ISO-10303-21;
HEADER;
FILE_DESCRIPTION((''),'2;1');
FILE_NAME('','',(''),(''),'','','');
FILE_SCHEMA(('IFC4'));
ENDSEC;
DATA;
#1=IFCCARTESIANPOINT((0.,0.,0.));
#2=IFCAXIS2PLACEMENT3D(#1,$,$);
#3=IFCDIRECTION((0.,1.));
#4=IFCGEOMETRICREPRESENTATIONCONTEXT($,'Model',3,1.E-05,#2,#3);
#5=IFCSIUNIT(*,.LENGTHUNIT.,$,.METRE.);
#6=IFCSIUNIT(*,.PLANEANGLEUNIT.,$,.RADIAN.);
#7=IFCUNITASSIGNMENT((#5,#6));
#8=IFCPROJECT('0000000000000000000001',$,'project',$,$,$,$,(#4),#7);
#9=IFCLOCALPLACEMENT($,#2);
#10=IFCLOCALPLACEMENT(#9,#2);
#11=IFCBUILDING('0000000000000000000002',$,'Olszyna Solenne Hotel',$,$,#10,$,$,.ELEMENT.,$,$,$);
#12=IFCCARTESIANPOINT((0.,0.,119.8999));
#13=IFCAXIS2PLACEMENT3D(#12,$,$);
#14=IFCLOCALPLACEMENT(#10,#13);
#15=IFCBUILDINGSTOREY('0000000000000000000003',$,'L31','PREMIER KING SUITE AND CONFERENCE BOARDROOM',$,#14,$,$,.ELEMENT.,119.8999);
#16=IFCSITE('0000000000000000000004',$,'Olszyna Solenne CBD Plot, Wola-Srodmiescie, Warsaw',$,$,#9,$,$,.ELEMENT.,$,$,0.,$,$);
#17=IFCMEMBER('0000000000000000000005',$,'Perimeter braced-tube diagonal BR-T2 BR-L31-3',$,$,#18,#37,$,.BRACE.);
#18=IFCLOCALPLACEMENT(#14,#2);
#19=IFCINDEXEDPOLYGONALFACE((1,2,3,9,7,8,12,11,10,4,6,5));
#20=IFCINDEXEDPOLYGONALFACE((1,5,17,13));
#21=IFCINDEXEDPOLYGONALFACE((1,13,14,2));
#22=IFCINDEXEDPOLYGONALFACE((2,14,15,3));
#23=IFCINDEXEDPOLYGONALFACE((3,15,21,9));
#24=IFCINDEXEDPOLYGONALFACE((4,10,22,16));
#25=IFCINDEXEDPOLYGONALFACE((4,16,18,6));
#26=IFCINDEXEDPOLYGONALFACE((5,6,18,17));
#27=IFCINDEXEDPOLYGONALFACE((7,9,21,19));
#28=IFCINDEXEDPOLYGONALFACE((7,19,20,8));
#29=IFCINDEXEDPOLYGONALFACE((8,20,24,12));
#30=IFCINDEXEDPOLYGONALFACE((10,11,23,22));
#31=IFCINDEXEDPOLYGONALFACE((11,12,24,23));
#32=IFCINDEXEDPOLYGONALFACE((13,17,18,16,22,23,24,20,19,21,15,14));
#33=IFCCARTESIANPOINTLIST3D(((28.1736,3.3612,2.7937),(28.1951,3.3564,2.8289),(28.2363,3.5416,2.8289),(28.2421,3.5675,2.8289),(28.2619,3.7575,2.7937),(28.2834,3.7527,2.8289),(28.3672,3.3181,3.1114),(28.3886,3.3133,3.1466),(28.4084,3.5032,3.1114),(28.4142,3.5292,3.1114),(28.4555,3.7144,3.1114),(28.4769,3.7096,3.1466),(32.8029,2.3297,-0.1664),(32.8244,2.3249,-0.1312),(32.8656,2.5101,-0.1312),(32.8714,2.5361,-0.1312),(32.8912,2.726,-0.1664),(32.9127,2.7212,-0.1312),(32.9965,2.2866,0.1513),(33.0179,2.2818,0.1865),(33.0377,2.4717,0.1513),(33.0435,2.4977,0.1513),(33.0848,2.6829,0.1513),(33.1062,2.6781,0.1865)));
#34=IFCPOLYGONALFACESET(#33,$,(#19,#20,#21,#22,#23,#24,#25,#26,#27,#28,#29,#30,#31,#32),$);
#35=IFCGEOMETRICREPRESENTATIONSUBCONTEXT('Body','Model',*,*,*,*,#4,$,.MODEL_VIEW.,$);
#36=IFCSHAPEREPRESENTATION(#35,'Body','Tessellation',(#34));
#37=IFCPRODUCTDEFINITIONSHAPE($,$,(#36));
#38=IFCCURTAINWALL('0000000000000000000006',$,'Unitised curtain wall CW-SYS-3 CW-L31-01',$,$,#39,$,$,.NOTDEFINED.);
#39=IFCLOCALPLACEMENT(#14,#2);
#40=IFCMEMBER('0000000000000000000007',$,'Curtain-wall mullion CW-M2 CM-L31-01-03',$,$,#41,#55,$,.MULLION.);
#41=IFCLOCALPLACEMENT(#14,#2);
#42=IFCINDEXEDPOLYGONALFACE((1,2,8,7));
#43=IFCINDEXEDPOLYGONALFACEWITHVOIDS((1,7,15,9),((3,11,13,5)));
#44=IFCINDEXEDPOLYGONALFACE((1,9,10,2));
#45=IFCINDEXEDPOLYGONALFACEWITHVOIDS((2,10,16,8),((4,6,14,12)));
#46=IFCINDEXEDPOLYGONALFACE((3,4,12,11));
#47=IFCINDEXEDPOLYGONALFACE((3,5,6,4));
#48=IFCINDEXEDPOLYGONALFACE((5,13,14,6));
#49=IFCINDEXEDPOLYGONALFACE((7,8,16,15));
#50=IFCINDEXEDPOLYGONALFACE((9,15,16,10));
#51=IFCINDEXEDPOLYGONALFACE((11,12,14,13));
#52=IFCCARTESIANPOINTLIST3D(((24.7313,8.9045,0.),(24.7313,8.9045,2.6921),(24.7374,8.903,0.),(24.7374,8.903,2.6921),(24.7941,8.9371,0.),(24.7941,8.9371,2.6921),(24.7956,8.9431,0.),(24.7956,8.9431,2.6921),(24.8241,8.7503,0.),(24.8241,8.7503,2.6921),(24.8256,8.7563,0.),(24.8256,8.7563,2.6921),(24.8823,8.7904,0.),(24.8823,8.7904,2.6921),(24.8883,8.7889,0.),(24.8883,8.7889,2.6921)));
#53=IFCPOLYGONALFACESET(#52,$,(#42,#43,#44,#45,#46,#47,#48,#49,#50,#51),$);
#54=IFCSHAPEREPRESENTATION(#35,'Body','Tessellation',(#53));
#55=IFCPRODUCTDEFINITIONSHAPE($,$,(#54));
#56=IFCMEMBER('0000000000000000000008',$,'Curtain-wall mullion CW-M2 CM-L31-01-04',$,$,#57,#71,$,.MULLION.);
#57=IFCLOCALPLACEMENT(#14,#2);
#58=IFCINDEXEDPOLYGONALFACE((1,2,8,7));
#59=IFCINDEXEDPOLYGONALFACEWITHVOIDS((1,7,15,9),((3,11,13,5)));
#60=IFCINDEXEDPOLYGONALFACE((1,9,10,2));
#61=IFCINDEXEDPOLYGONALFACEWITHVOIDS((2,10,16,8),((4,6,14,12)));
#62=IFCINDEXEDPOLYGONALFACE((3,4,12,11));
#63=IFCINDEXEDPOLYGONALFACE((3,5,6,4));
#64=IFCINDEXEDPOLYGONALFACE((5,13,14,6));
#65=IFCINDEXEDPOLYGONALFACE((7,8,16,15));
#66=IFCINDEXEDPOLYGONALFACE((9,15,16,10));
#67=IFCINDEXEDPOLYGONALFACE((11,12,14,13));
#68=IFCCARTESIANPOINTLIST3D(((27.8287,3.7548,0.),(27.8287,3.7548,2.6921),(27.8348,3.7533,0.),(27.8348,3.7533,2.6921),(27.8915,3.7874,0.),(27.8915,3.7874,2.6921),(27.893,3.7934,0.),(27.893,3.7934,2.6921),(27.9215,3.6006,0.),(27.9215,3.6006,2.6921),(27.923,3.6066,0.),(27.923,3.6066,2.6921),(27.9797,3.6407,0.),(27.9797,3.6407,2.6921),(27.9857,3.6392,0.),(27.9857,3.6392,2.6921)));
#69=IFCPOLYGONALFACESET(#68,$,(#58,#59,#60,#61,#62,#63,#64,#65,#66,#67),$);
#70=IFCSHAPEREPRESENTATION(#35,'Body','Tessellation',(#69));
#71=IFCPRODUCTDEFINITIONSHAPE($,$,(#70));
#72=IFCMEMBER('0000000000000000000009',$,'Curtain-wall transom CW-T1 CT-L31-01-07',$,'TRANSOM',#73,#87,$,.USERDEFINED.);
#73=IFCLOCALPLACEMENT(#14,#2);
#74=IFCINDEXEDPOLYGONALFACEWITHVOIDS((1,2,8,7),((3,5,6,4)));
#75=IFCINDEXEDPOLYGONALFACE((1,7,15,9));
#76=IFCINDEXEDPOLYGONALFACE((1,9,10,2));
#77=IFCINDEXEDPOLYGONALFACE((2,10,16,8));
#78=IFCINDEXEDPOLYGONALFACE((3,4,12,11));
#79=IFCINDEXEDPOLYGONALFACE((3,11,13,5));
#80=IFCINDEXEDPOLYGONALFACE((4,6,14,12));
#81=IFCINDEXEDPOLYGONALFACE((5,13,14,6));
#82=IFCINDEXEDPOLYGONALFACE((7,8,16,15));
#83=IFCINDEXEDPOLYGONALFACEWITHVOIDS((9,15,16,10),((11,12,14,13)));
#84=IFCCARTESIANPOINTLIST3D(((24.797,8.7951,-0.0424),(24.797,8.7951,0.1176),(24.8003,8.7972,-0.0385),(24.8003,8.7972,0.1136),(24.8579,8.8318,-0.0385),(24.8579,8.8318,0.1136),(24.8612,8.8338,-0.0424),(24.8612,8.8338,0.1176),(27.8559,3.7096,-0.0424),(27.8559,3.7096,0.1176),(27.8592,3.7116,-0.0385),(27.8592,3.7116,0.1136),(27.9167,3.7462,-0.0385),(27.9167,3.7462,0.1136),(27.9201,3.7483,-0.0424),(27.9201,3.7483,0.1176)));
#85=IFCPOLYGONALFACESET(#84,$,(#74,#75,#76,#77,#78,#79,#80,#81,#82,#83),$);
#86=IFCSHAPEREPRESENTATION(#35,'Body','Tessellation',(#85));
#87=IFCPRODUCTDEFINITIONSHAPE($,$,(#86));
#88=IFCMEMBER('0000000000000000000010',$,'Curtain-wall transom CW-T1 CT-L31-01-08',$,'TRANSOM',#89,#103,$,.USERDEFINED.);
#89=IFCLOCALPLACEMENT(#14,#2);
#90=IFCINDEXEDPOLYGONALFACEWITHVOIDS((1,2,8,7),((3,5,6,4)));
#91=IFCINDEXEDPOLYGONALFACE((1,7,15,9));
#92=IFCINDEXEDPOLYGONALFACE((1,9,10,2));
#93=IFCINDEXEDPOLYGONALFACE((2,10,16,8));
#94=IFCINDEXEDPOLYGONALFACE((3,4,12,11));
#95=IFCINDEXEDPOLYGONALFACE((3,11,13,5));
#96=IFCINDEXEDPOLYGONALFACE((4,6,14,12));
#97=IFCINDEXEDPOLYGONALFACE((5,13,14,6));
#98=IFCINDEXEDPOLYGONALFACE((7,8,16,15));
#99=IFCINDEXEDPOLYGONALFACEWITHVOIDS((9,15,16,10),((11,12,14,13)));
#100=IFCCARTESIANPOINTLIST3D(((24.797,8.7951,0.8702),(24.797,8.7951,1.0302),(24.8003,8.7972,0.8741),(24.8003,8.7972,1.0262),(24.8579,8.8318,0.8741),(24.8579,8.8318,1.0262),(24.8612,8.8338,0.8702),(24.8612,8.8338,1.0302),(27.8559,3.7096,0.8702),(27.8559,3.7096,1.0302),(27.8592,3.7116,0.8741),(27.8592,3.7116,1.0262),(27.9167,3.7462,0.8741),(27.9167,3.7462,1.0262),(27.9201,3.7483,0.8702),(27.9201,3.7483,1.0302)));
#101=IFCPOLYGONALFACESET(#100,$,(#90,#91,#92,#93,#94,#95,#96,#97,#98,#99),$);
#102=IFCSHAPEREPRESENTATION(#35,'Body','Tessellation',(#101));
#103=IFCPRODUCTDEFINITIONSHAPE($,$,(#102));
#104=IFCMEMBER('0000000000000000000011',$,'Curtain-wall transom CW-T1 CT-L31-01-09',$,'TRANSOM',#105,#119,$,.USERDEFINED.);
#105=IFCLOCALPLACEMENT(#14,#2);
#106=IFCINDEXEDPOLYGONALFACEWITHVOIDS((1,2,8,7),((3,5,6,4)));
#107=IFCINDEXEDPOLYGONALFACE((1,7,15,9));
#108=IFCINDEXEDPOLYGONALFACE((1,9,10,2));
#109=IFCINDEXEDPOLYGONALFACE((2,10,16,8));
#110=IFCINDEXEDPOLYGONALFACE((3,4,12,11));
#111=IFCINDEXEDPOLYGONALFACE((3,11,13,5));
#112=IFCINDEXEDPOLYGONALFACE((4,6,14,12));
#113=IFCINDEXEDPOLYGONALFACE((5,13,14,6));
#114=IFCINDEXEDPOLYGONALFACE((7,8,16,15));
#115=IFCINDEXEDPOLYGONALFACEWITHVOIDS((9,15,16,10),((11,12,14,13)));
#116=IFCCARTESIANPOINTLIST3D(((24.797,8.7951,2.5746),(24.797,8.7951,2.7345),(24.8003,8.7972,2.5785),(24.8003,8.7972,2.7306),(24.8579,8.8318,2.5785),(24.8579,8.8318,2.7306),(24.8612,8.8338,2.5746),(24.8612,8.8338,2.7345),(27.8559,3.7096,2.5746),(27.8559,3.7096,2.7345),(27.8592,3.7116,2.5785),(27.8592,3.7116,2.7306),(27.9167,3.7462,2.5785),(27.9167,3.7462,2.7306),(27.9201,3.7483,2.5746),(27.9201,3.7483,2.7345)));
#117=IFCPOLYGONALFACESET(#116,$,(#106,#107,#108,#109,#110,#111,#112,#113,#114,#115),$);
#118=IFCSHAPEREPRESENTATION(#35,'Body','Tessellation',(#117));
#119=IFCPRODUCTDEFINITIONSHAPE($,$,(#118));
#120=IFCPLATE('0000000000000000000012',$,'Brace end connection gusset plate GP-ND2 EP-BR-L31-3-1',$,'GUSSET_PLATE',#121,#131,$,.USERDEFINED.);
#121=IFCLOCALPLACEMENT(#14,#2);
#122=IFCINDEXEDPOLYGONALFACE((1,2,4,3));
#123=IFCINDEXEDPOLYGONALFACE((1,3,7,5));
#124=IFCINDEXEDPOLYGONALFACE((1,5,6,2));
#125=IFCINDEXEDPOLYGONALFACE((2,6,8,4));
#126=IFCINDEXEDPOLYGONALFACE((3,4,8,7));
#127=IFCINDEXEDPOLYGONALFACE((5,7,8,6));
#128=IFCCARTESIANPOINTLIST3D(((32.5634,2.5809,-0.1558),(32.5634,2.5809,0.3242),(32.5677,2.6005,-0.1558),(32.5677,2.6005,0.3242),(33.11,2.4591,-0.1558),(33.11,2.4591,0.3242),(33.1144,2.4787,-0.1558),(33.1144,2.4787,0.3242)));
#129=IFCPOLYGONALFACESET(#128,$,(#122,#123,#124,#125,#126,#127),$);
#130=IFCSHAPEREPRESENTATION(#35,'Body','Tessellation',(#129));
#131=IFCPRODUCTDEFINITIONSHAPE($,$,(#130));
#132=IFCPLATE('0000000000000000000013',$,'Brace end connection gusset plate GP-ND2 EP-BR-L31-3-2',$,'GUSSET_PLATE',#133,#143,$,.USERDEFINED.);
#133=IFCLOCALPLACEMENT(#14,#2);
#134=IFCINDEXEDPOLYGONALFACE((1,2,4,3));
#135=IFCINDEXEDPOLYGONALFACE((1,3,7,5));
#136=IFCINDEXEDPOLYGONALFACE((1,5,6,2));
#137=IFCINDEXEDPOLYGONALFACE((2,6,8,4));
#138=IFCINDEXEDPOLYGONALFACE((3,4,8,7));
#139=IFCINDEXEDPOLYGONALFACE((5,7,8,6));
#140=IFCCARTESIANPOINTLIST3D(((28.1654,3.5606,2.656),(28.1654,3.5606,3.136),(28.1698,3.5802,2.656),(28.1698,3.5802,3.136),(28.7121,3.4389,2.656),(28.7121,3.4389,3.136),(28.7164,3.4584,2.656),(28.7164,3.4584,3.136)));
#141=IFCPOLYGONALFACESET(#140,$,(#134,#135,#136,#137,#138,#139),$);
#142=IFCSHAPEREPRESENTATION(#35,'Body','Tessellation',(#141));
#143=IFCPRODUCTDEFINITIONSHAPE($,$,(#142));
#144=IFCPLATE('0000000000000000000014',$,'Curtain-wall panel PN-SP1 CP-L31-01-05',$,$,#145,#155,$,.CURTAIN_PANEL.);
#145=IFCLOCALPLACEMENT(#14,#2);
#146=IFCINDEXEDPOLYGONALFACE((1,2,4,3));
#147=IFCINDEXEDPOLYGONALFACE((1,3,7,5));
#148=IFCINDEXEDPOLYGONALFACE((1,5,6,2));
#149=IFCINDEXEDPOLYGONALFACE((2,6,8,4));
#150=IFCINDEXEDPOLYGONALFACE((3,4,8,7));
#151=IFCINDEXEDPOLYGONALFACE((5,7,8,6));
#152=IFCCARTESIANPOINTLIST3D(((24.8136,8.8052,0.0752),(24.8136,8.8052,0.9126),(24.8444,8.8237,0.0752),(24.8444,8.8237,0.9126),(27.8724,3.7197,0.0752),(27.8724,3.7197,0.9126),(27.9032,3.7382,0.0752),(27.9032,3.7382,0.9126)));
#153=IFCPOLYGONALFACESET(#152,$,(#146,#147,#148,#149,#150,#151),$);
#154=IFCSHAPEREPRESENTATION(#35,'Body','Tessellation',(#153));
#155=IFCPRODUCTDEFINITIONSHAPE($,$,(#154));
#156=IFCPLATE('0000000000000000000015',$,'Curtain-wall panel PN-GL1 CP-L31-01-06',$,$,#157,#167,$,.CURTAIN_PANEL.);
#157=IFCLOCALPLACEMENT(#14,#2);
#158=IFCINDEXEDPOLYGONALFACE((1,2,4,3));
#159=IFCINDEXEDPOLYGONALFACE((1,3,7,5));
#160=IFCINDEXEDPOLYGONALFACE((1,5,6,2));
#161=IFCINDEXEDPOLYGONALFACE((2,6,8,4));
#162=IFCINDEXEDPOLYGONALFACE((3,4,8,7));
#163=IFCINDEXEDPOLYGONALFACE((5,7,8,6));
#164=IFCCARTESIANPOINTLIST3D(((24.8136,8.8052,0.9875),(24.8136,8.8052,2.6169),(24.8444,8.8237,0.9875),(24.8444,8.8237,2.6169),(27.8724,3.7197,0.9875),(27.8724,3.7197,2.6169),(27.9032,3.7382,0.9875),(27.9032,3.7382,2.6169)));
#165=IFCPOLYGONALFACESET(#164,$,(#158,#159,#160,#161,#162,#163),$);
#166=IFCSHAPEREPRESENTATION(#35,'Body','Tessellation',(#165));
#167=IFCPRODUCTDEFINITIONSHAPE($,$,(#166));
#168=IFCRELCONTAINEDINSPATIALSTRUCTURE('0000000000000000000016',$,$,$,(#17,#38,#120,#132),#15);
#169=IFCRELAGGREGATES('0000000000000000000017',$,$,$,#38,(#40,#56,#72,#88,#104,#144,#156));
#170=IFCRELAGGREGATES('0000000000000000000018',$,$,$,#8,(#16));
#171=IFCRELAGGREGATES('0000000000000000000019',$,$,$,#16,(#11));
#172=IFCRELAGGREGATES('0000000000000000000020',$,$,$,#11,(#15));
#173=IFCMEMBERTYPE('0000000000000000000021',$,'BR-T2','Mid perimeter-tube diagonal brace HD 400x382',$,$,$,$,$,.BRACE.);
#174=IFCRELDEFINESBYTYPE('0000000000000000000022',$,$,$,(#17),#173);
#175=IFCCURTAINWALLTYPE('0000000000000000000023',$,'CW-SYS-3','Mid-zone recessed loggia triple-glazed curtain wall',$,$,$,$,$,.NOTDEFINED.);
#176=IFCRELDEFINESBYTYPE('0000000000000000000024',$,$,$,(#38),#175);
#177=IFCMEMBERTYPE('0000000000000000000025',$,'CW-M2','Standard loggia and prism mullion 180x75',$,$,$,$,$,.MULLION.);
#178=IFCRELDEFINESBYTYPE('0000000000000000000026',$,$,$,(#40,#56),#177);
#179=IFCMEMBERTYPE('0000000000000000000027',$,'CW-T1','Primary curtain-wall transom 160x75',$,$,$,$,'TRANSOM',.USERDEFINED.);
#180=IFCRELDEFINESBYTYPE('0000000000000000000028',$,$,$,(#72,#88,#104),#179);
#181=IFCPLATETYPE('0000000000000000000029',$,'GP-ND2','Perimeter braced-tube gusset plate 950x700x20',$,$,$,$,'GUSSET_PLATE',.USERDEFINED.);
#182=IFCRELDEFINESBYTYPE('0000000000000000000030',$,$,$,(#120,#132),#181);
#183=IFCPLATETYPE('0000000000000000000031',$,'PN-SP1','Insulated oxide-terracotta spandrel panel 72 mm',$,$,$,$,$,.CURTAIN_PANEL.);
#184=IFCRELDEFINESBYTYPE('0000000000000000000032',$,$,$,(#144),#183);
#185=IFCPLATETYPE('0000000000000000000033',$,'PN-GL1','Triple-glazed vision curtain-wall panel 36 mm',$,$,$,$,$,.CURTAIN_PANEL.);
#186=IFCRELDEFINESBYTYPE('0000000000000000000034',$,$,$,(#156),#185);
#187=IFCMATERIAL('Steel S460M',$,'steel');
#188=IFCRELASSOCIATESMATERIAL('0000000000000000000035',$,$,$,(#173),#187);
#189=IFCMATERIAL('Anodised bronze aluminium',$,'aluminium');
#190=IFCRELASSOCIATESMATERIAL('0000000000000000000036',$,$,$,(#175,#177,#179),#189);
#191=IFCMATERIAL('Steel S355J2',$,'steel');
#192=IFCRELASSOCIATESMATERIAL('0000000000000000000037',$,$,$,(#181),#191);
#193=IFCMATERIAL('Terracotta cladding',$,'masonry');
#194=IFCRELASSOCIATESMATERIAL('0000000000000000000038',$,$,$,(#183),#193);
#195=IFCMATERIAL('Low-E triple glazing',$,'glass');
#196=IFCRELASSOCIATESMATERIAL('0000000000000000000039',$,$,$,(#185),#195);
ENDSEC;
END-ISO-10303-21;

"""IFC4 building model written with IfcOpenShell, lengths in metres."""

from ifc_helpers import new_model, si_unit, direction, frame, origin, origin_2d, place, context, subcontext, project, spatial, rectangle, hollow_rectangle, i_section, extrude, source, transform, mapped, material, material_profile, profile_set, type_object, element, aggregate, save


model = new_model("IFC4")

# Units and contexts
model_context = context("Model", 3, precision=1e-05, world=origin(), true_north=direction((0.0, 1.0)))
body_context = subcontext(model_context, "Body", "Model", "MODEL_VIEW")
ifc_project = project(units=[si_unit("LENGTHUNIT", "METRE"), si_unit("PLANEANGLEUNIT", "RADIAN")], contexts=[model_context])

# Site, building, storey
site_placement = place(None, origin())
site = spatial("IfcSite", under=ifc_project, at=site_placement, Name="Olszyna Solenne CBD Plot, Wola-Srodmiescie, Warsaw", CompositionType="ELEMENT", RefElevation=0.0)
building_placement = place(site_placement, origin())
building = spatial("IfcBuilding", under=site, at=building_placement, Name="Olszyna Solenne Hotel", CompositionType="ELEMENT")
storey_placement = place(building_placement, frame((0.0, 0.0, 119.8999)))
storey = spatial("IfcBuildingStorey", under=building, at=storey_placement, Name="L31", Description="PREMIER KING SUITE AND CONFERENCE BOARDROOM", CompositionType="ELEMENT", Elevation=119.8999)

# Shared definitions
ifc_material_1 = material(Name="Steel S460M", Category="steel")

# Shared definitions
ifc_material_2 = material(Name="Steel S355J2", Category="steel")

# Member
ifc_material_profile_1 = material_profile(ifc_material_1, i_section(OverallWidth=0.406, OverallDepth=0.416, WebThickness=0.0266, FlangeThickness=0.0415, at=origin_2d()), Name="HD 400x382", Category="load-bearing")
ifc_profile_set_1 = profile_set([ifc_material_profile_1], Name="Steel S460M")
member_type_1 = type_object("IfcMemberType", Name="BR-T2", Description="Mid perimeter-tube diagonal brace HD 400x382", PredefinedType="BRACE", material=ifc_profile_set_1)
shared_shape_1 = source(origin(), body_context, "Body", "SweptSolid", [
    extrude(i_section(OverallWidth=0.406, OverallDepth=0.416, WebThickness=0.0266, FlangeThickness=0.0415, at=origin_2d()), origin(), (0.0, 0.0, 1.0), 5.5908),
])
member_1_placement = place(storey_placement, frame((32.9546, 2.5039, 0.01), z_axis=(-0.828024, 0.184495, 0.529469), x_axis=(-0.217481, -0.976065, 0.0)))
element("IfcMember", 1, at=member_1_placement, inside=storey, type_object=member_type_1, Name="Perimeter braced-tube diagonal BR-T2 BR-L31-3", PredefinedType="BRACE", context=body_context, shape_type="MappedRepresentation", body=[
    mapped(shared_shape_1, transform((0.0, 0.0, 0.0), x_axis=(1.0, 0.0, 0.0), y_axis=(0.0, 1.0, 0.0), z_axis=(0.0, 0.0, 1.0), scale=1.0)),
])

# Curtain wall, members
ifc_material_3 = material(Name="Anodised bronze aluminium", Category="aluminium")
curtain_wall_type = type_object("IfcCurtainWallType", Name="CW-SYS-3", Description="Mid-zone recessed loggia triple-glazed curtain wall", PredefinedType="NOTDEFINED", material=ifc_material_3)
curtain_wall_placement = place(storey_placement, origin())
curtain_wall = element("IfcCurtainWall", 2, at=curtain_wall_placement, inside=storey, type_object=curtain_wall_type, Name="Unitised curtain wall CW-SYS-3 CW-L31-01", PredefinedType="NOTDEFINED")
ifc_material_profile_2 = material_profile(ifc_material_3, hollow_rectangle(XDim=0.075, YDim=0.1799, WallThickness=0.0044, at=origin_2d()), Name="MULL 180x75x4.5", Category="load-bearing")
ifc_profile_set_2 = profile_set([ifc_material_profile_2], Name="Anodised bronze aluminium")
member_type_2 = type_object("IfcMemberType", Name="CW-M2", Description="Standard loggia and prism mullion 180x75", PredefinedType="MULLION", material=ifc_profile_set_2)
shared_shape_2 = source(origin(), body_context, "Body", "SweptSolid", [
    extrude(hollow_rectangle(XDim=0.075, YDim=0.1799, WallThickness=0.0044, at=origin_2d()), origin(), (0.0, 0.0, 1.0), 2.6921),
])
member_2_placement = place(storey_placement, frame((24.8098, 8.8467, 0.0), z_axis=(0.0, 0.0, 1.0), x_axis=(0.856935, 0.515425, 0.0)))
member_2 = element("IfcMember", 3, at=member_2_placement, type_object=member_type_2, Name="Curtain-wall mullion CW-M2 CM-L31-01-03", PredefinedType="MULLION", context=body_context, shape_type="MappedRepresentation", body=[
    mapped(shared_shape_2, transform((0.0, 0.0, 0.0), x_axis=(1.0, 0.0, 0.0), y_axis=(0.0, 1.0, 0.0), z_axis=(0.0, 0.0, 1.0), scale=1.0)),
])
member_3_placement = place(storey_placement, frame((27.9072, 3.697, 0.0), z_axis=(0.0, 0.0, 1.0), x_axis=(0.856935, 0.515425, 0.0)))
member_3 = element("IfcMember", 4, at=member_3_placement, type_object=member_type_2, Name="Curtain-wall mullion CW-M2 CM-L31-01-04", PredefinedType="MULLION", context=body_context, shape_type="MappedRepresentation", body=[
    mapped(shared_shape_2, transform((0.0, 0.0, 0.0), x_axis=(1.0, 0.0, 0.0), y_axis=(0.0, 1.0, 0.0), z_axis=(0.0, 0.0, 1.0), scale=1.0)),
])
ifc_material_profile_3 = material_profile(ifc_material_3, hollow_rectangle(XDim=0.075, YDim=0.1599, WallThickness=0.0039, at=origin_2d()), Name="TRAN 160x75x4", Category="load-bearing")
ifc_profile_set_3 = profile_set([ifc_material_profile_3], Name="Anodised bronze aluminium")
member_type_3 = type_object("IfcMemberType", Name="CW-T1", Description="Primary curtain-wall transom 160x75", ElementType="TRANSOM", PredefinedType="USERDEFINED", material=ifc_profile_set_3)
shared_shape_3 = source(origin(), body_context, "Body", "SweptSolid", [
    extrude(hollow_rectangle(XDim=0.075, YDim=0.1599, WallThickness=0.0039, at=origin_2d()), origin(), (0.0, 0.0, 1.0), 5.9346),
])
member_4_placement = place(storey_placement, frame((24.8291, 8.8145, 0.0376), z_axis=(0.515433, -0.85693, 0.0), x_axis=(0.85693, 0.515433, 0.0)))
member_4 = element("IfcMember", 5, at=member_4_placement, type_object=member_type_3, Name="Curtain-wall transom CW-T1 CT-L31-01-07", ObjectType="TRANSOM", PredefinedType="USERDEFINED", context=body_context, shape_type="MappedRepresentation", body=[
    mapped(shared_shape_3, transform((0.0, 0.0, 0.0), x_axis=(1.0, 0.0, 0.0), y_axis=(0.0, 1.0, 0.0), z_axis=(0.0, 0.0, 1.0), scale=1.0)),
])
member_5_placement = place(storey_placement, frame((24.8291, 8.8145, 0.9502), z_axis=(0.515433, -0.85693, 0.0), x_axis=(0.85693, 0.515433, 0.0)))
member_5 = element("IfcMember", 6, at=member_5_placement, type_object=member_type_3, Name="Curtain-wall transom CW-T1 CT-L31-01-08", ObjectType="TRANSOM", PredefinedType="USERDEFINED", context=body_context, shape_type="MappedRepresentation", body=[
    mapped(shared_shape_3, transform((0.0, 0.0, 0.0), x_axis=(1.0, 0.0, 0.0), y_axis=(0.0, 1.0, 0.0), z_axis=(0.0, 0.0, 1.0), scale=1.0)),
])
member_6_placement = place(storey_placement, frame((24.8291, 8.8145, 2.6545), z_axis=(0.515433, -0.85693, 0.0), x_axis=(0.85693, 0.515433, 0.0)))
member_6 = element("IfcMember", 7, at=member_6_placement, type_object=member_type_3, Name="Curtain-wall transom CW-T1 CT-L31-01-09", ObjectType="TRANSOM", PredefinedType="USERDEFINED", context=body_context, shape_type="MappedRepresentation", body=[
    mapped(shared_shape_3, transform((0.0, 0.0, 0.0), x_axis=(1.0, 0.0, 0.0), y_axis=(0.0, 1.0, 0.0), z_axis=(0.0, 0.0, 1.0), scale=1.0)),
])

# Plates
plate_type_1 = type_object("IfcPlateType", Name="GP-ND2", Description="Perimeter braced-tube gusset plate 950x700x20", ElementType="GUSSET_PLATE", PredefinedType="USERDEFINED", material=ifc_material_2)
shared_shape_4 = source(origin(), body_context, "Body", "SweptSolid", [
    extrude(rectangle(XDim=0.5601, YDim=0.02, at=origin_2d()), origin(), (0.0, 0.0, 1.0), 0.48),
])
for number, where, z_axis, x_axis, name in (
    (8, (32.8389, 2.5298, -0.1558), (0.0, 0.0, 1.0), (-0.976069, 0.217462, 0.0), "Brace end connection gusset plate GP-ND2 EP-BR-L31-3-1"),
    (9, (28.4409, 3.5095, 2.656), (0.0, 0.0, 1.0), (-0.976069, 0.217462, 0.0), "Brace end connection gusset plate GP-ND2 EP-BR-L31-3-2"),
):
    element("IfcPlate", number, at=place(storey_placement, frame(where, z_axis=z_axis, x_axis=x_axis)), inside=storey, type_object=plate_type_1, Name=name, ObjectType="GUSSET_PLATE", PredefinedType="USERDEFINED", context=body_context, shape_type="MappedRepresentation", body=[
        mapped(shared_shape_4, transform((0.0, 0.0, 0.0), x_axis=(1.0, 0.0, 0.0), y_axis=(0.0, 1.0, 0.0), z_axis=(0.0, 0.0, 1.0), scale=1.0)),
    ])

# Plates
ifc_material_4 = material(Name="Terracotta cladding", Category="masonry")
plate_type_2 = type_object("IfcPlateType", Name="PN-SP1", Description="Insulated oxide-terracotta spandrel panel 72 mm", PredefinedType="CURTAIN_PANEL", material=ifc_material_4)
shared_shape_5 = source(origin(), body_context, "Body", "SweptSolid", [
    extrude(rectangle(XDim=5.9346, YDim=0.0359, at=origin_2d()), origin(), (0.0, 0.0, 1.0), 0.8374),
])
plate_1_placement = place(storey_placement, frame((26.3584, 6.2717, 0.0752), z_axis=(0.0, 0.0, 1.0), x_axis=(0.515425, -0.856935, 0.0)))
plate_1 = element("IfcPlate", 10, at=plate_1_placement, type_object=plate_type_2, Name="Curtain-wall panel PN-SP1 CP-L31-01-05", PredefinedType="CURTAIN_PANEL", context=body_context, shape_type="MappedRepresentation", body=[
    mapped(shared_shape_5, transform((0.0, 0.0, 0.0), x_axis=(1.0, 0.0, 0.0), y_axis=(0.0, 1.0, 0.0), z_axis=(0.0, 0.0, 1.0), scale=1.0)),
])
ifc_material_5 = material(Name="Low-E triple glazing", Category="glass")
plate_type_3 = type_object("IfcPlateType", Name="PN-GL1", Description="Triple-glazed vision curtain-wall panel 36 mm", PredefinedType="CURTAIN_PANEL", material=ifc_material_5)
shared_shape_6 = source(origin(), body_context, "Body", "SweptSolid", [
    extrude(rectangle(XDim=5.9346, YDim=0.0359, at=origin_2d()), origin(), (0.0, 0.0, 1.0), 1.6294),
])
plate_2_placement = place(storey_placement, frame((26.3584, 6.2717, 0.9875), z_axis=(0.0, 0.0, 1.0), x_axis=(0.515425, -0.856935, 0.0)))
plate_2 = element("IfcPlate", 11, at=plate_2_placement, type_object=plate_type_3, Name="Curtain-wall panel PN-GL1 CP-L31-01-06", PredefinedType="CURTAIN_PANEL", context=body_context, shape_type="MappedRepresentation", body=[
    mapped(shared_shape_6, transform((0.0, 0.0, 0.0), x_axis=(1.0, 0.0, 0.0), y_axis=(0.0, 1.0, 0.0), z_axis=(0.0, 0.0, 1.0), scale=1.0)),
])
aggregate(curtain_wall, [member_2, member_3, member_4, member_5, member_6, plate_1, plate_2])

save(model, "model.ifc")
